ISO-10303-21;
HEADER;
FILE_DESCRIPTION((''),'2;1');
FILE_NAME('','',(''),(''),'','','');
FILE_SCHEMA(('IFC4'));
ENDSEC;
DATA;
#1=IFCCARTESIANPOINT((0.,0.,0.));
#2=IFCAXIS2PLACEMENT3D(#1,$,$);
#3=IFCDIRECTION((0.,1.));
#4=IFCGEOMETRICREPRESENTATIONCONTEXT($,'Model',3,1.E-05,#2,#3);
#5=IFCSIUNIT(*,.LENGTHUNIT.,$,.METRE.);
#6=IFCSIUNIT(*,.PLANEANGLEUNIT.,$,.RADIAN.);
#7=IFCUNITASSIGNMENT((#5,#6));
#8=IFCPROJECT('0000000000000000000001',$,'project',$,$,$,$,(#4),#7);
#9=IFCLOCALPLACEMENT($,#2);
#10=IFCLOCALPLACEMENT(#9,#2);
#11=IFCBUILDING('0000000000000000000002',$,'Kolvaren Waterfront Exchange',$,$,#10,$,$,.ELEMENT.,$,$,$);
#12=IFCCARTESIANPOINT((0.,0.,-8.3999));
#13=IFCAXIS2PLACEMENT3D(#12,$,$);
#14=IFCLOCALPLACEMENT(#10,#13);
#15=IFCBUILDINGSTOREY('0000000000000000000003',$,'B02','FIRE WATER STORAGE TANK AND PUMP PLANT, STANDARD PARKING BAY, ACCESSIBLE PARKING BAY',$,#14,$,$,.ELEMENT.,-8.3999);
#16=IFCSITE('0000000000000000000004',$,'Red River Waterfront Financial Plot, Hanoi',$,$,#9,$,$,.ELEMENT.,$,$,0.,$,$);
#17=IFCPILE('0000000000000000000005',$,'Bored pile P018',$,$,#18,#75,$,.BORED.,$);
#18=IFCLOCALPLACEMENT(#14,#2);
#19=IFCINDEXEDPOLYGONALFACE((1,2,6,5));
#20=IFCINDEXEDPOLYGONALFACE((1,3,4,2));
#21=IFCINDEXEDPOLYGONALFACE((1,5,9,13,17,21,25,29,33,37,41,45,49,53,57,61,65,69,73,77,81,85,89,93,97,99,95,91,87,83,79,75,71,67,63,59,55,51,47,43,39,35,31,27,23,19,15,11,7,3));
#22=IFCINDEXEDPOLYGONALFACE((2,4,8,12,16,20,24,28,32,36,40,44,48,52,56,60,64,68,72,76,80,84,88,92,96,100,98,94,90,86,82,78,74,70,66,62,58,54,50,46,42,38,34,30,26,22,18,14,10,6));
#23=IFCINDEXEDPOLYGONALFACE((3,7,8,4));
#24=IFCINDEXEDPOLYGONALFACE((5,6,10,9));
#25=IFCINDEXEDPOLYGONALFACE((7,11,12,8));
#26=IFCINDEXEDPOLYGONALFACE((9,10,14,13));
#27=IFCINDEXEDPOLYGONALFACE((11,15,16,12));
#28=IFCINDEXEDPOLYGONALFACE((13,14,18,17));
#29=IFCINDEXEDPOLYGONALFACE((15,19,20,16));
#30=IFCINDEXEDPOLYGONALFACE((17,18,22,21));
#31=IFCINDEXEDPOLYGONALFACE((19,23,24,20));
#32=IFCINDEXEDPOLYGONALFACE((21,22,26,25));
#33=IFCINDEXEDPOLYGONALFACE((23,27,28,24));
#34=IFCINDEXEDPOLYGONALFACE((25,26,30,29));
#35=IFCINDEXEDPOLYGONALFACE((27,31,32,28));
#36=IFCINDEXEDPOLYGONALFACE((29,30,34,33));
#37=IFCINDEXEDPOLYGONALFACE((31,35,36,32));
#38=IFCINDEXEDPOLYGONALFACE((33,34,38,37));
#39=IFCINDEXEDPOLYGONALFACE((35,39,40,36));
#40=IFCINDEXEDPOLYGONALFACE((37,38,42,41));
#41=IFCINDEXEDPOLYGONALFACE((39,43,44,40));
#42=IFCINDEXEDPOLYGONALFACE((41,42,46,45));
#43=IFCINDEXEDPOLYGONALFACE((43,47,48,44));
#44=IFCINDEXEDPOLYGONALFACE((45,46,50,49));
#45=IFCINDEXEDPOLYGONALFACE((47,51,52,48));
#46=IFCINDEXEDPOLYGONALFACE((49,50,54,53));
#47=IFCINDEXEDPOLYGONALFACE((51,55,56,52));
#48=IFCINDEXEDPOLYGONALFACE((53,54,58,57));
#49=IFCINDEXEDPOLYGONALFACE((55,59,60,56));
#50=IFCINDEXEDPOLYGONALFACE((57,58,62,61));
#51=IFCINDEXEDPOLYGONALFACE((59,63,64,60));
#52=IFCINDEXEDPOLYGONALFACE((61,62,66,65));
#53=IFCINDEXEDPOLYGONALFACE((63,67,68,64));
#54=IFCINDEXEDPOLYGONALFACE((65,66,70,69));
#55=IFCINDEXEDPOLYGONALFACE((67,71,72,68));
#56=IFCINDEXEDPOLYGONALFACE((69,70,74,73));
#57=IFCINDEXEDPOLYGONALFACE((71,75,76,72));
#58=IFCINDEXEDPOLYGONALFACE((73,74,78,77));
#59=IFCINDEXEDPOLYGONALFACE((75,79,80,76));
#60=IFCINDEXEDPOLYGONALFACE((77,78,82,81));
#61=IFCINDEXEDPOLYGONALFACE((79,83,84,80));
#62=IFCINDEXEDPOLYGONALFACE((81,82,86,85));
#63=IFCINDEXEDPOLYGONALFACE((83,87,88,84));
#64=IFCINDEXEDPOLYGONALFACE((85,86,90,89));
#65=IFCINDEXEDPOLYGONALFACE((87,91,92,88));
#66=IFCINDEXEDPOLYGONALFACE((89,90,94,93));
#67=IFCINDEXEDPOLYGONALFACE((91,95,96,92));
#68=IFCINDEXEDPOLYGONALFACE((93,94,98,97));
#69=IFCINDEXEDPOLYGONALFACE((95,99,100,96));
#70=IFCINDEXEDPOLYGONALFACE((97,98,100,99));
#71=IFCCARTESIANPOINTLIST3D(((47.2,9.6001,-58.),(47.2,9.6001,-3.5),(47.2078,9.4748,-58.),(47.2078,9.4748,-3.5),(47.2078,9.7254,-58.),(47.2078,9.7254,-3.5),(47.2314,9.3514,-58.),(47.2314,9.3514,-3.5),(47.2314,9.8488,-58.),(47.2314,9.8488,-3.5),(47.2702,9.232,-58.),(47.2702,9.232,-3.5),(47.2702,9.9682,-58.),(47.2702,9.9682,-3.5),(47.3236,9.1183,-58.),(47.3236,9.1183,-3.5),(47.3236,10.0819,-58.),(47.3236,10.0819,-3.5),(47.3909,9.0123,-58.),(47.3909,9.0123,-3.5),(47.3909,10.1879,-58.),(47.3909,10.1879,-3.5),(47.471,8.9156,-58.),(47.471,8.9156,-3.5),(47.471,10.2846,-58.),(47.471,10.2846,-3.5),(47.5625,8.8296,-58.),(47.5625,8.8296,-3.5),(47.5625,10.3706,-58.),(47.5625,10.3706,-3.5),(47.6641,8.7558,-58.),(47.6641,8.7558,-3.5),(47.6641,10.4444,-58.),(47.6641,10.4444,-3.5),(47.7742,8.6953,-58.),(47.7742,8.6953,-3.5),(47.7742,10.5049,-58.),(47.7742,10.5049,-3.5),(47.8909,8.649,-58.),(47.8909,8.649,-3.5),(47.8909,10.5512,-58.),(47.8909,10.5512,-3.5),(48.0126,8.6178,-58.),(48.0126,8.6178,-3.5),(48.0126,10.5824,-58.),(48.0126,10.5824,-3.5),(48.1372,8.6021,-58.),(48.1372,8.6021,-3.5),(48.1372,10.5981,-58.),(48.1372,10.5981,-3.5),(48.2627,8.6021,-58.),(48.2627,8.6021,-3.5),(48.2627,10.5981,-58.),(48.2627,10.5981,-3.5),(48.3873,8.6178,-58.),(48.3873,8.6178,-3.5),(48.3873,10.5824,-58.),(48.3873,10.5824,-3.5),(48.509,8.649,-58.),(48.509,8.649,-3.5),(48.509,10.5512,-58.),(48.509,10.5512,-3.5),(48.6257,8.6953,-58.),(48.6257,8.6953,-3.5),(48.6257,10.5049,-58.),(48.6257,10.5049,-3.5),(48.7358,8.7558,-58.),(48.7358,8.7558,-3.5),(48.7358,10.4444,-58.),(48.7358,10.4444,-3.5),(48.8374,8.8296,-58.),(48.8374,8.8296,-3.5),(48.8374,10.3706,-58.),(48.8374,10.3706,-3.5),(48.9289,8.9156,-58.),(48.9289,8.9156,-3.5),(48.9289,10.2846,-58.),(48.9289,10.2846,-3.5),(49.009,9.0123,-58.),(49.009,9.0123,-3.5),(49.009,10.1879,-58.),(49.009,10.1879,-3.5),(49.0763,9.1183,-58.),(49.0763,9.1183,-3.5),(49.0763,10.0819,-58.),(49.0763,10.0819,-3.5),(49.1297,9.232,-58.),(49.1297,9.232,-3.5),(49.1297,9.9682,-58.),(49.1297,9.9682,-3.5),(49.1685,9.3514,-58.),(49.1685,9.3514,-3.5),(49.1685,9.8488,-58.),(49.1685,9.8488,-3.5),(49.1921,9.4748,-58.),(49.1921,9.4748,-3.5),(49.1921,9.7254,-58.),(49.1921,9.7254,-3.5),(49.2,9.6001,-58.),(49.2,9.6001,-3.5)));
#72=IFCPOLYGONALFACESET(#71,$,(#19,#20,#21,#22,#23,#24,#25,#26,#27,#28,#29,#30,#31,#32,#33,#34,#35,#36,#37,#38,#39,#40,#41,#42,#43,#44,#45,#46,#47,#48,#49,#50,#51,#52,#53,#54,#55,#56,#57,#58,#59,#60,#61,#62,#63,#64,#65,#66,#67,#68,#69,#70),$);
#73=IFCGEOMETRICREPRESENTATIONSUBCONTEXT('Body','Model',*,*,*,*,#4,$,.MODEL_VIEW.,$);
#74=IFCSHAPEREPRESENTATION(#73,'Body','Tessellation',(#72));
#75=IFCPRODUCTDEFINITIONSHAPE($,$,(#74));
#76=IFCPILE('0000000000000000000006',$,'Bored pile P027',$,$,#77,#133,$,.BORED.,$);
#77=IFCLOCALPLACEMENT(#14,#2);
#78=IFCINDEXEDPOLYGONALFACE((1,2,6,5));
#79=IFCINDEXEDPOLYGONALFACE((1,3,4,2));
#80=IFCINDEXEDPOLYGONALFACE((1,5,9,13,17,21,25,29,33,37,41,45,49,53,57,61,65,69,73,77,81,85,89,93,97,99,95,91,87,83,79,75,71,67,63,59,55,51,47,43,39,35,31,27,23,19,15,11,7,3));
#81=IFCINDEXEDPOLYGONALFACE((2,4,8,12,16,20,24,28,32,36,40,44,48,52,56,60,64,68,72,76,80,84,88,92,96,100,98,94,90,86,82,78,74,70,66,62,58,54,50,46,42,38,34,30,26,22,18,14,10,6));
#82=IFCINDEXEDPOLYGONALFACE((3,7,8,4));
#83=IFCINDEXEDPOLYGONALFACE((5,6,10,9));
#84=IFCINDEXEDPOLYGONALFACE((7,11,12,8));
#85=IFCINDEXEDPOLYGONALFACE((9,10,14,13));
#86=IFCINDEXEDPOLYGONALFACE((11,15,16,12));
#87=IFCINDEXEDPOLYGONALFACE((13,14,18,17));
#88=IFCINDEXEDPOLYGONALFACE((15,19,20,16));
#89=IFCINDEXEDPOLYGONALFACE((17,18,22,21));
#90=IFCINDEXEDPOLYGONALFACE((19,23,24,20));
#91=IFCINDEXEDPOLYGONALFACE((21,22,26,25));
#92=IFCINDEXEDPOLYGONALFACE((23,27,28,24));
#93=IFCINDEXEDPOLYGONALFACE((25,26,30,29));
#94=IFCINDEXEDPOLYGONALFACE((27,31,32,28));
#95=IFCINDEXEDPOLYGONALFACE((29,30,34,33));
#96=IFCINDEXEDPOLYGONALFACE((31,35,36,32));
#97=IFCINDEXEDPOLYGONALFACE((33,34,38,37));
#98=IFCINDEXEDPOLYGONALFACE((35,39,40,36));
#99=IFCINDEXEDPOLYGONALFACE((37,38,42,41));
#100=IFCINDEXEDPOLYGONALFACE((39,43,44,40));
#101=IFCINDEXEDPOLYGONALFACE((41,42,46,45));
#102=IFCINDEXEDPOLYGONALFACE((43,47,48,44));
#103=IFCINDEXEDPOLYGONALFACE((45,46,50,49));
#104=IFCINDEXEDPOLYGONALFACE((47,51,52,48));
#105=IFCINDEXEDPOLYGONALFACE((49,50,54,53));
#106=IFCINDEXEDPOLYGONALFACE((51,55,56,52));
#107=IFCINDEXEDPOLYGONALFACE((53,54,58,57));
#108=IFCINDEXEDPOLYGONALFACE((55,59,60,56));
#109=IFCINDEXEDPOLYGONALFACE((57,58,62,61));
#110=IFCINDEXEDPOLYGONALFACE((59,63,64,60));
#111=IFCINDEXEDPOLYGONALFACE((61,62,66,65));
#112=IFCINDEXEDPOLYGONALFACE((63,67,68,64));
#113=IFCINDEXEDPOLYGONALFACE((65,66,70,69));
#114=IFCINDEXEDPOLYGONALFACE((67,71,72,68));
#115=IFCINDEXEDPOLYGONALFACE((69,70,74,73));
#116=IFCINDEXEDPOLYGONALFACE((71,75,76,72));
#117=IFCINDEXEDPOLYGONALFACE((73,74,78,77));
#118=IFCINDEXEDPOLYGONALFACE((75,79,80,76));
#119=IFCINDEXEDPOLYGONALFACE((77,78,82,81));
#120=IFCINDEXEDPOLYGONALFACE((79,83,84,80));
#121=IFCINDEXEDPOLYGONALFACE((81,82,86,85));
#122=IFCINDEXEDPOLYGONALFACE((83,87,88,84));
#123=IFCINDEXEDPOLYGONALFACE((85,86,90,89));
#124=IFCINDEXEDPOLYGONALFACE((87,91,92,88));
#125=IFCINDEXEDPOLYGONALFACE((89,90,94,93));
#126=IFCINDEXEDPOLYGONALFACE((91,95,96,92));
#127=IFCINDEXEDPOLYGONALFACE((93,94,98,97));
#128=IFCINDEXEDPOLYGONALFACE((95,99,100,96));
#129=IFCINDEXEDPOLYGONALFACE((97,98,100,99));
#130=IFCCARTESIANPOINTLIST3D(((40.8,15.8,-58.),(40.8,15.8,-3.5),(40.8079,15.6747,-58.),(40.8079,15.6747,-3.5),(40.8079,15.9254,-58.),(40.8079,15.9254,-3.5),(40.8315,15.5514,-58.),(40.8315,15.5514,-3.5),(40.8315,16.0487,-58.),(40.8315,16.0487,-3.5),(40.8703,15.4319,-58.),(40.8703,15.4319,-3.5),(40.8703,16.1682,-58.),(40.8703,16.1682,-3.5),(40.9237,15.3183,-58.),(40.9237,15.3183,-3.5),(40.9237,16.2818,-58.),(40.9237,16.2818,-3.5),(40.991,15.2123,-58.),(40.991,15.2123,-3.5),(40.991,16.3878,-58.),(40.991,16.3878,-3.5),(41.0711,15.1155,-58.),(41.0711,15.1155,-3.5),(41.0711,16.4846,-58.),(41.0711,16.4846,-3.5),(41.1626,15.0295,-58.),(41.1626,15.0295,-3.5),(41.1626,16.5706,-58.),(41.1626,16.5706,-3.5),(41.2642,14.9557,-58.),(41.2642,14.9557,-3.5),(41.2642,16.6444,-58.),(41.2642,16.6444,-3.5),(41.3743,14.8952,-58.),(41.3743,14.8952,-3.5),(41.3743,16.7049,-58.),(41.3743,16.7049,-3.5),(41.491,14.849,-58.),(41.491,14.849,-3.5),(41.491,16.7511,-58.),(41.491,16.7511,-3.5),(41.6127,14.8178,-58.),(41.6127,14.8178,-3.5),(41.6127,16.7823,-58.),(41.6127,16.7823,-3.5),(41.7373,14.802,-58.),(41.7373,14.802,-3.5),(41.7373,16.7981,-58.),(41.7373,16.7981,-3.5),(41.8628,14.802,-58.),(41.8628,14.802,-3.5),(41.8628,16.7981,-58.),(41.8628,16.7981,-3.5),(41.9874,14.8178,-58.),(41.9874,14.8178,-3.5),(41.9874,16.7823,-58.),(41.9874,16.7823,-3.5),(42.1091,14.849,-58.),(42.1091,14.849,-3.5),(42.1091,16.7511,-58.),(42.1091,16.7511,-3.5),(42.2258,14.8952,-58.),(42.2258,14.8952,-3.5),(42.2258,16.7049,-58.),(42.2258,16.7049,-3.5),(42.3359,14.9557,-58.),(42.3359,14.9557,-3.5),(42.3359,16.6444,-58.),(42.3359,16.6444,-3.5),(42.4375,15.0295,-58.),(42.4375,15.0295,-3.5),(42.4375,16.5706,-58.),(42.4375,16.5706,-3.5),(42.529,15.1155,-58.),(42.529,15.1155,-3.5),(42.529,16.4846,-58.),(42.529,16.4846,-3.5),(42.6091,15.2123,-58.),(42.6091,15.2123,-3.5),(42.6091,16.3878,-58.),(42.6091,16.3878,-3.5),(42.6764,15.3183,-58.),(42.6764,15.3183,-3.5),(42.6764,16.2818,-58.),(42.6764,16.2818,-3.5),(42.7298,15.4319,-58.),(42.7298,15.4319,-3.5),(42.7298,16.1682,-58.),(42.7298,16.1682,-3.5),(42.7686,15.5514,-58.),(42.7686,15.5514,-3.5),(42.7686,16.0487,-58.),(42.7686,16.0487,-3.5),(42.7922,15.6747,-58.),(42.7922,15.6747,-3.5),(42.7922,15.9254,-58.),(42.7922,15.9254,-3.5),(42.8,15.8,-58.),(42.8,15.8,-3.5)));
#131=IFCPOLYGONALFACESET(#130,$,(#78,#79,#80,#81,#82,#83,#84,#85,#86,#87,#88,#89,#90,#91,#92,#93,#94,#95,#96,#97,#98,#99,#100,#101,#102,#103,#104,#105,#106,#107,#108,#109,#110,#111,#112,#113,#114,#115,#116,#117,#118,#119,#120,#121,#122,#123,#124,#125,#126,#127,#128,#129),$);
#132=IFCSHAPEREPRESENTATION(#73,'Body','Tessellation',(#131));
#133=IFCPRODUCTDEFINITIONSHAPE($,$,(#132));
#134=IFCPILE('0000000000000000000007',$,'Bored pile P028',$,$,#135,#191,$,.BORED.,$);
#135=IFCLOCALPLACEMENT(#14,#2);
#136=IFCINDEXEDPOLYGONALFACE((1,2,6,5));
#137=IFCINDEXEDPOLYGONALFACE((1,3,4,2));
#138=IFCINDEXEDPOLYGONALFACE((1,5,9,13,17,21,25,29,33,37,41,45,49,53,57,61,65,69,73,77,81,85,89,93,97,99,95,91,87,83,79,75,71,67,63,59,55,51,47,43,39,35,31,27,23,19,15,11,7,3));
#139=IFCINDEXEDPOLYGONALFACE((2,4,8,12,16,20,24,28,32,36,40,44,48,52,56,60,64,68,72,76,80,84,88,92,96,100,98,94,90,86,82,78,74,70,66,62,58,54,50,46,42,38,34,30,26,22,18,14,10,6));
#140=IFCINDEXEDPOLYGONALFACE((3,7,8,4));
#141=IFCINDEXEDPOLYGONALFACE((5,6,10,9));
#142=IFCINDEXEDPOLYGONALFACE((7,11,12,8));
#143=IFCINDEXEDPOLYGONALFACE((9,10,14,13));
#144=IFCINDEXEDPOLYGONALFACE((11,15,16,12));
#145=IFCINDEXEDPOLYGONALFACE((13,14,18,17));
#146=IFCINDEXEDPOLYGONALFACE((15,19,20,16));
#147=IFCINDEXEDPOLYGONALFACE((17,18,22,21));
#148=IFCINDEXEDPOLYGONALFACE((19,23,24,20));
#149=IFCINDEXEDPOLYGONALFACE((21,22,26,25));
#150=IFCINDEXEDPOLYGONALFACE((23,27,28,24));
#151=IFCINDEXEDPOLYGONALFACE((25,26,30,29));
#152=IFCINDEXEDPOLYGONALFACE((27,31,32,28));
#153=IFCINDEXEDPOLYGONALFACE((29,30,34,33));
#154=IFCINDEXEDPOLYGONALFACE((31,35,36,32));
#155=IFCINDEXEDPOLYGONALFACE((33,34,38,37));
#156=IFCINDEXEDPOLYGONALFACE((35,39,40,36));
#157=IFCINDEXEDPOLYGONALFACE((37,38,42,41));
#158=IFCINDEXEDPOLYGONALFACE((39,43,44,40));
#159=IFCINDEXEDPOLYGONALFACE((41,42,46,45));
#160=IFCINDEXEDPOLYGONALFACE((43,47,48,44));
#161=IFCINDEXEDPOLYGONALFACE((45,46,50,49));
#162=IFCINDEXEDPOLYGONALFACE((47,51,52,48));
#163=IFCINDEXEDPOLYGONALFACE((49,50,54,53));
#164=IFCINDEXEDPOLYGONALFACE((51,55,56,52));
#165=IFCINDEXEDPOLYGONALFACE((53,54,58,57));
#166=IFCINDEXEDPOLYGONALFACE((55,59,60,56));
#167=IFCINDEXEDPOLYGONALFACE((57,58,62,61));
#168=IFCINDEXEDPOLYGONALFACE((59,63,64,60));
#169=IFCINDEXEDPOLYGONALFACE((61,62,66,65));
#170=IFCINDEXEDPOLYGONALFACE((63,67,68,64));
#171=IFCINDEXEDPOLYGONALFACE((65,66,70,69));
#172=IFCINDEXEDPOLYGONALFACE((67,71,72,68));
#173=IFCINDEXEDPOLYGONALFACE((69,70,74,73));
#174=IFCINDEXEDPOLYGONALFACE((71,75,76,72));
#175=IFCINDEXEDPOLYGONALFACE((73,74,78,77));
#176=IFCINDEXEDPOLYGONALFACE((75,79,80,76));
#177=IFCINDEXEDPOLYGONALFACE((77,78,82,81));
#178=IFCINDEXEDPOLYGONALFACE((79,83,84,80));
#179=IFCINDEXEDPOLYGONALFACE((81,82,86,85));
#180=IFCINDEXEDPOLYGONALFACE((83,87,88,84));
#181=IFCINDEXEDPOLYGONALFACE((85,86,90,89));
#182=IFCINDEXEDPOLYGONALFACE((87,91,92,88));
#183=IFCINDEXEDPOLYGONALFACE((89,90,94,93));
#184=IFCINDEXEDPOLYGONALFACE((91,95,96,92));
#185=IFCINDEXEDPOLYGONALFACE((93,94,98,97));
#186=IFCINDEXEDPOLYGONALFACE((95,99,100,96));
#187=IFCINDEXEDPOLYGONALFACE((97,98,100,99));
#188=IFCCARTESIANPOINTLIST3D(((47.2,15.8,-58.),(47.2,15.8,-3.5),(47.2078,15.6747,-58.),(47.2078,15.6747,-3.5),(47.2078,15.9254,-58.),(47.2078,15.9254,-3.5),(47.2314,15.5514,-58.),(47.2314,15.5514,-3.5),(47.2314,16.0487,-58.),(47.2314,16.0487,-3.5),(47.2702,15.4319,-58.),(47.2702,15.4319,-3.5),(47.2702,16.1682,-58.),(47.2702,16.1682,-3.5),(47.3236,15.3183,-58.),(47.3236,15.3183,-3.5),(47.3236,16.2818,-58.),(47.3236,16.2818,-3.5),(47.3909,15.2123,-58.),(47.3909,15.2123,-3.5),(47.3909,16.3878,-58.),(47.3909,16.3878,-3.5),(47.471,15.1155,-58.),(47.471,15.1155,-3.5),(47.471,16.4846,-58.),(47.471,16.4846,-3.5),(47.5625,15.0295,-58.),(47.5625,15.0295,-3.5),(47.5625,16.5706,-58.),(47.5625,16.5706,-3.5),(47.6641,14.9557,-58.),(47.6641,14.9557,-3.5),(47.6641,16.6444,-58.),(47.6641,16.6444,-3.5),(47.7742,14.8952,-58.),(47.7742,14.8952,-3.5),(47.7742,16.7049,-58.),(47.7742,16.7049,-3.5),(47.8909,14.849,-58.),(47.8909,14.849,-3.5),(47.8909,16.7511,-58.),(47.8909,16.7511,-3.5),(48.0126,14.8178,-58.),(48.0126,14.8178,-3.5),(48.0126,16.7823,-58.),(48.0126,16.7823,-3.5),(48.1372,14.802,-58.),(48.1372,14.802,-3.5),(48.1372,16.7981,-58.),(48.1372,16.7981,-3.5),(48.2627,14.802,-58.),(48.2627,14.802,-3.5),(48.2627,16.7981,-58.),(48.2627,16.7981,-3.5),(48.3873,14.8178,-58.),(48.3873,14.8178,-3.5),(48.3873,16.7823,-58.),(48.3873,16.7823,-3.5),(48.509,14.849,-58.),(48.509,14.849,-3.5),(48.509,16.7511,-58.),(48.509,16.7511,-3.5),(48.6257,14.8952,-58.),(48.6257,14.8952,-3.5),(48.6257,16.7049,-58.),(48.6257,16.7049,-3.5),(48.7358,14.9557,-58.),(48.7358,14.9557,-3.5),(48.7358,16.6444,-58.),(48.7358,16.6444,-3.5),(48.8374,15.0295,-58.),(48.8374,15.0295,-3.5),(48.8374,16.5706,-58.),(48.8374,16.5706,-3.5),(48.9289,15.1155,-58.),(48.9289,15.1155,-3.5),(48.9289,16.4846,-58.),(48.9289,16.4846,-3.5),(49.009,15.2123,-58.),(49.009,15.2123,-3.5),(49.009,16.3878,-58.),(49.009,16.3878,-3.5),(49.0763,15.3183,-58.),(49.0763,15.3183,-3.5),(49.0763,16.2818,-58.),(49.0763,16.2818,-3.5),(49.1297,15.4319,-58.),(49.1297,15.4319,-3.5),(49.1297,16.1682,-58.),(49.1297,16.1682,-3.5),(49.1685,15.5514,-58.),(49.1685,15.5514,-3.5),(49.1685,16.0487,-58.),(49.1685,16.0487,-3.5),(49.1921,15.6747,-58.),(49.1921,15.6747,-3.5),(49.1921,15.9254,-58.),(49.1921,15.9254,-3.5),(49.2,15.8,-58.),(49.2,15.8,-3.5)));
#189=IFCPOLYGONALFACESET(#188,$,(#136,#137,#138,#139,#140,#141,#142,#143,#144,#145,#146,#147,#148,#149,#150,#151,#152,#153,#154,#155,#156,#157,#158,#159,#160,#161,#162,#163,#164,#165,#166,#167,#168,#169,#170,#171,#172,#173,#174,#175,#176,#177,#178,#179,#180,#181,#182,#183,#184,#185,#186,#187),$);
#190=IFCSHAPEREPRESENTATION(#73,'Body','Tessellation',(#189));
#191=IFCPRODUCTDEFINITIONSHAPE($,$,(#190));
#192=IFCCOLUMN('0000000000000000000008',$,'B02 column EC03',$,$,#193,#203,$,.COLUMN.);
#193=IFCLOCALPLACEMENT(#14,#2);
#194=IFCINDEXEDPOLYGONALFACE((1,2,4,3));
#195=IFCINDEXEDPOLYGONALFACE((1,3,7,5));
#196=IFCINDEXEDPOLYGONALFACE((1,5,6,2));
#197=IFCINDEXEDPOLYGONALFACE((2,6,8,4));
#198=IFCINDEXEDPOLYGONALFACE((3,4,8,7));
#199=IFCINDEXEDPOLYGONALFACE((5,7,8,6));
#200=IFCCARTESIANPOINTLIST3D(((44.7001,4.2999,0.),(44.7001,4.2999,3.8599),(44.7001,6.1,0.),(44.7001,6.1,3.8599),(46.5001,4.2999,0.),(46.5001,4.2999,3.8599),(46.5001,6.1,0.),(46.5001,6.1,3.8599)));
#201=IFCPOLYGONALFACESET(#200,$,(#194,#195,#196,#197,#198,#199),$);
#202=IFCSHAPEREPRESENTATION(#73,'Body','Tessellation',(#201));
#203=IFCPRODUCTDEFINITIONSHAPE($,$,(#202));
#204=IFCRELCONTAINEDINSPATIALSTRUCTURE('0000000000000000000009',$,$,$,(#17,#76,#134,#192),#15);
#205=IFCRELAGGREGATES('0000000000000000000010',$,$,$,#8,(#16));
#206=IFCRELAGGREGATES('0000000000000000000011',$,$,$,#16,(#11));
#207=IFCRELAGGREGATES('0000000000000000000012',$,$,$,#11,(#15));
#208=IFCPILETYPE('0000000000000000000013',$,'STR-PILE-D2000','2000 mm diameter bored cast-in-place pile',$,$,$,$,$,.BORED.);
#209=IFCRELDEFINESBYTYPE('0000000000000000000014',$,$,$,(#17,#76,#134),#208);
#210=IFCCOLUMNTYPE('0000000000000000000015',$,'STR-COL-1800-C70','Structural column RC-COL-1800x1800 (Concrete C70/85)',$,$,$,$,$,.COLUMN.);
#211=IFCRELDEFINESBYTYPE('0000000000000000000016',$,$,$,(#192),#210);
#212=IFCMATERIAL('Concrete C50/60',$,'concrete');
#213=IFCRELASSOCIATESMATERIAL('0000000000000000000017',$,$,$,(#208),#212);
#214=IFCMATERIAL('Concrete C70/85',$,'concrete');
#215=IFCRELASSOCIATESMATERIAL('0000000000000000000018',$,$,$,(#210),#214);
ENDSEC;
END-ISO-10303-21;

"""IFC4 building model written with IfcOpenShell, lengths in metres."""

from ifc_helpers import new_model, si_unit, direction, frame, origin, origin_2d, place, context, subcontext, project, spatial, rectangle, circle, extrude, material, material_profile, profile_set, type_object, element, save


model = new_model("IFC4")

# Units and contexts
model_context = context("Model", 3, precision=1e-05, world=origin(), true_north=direction((0.0, 1.0)))
body_context = subcontext(model_context, "Body", "Model", "MODEL_VIEW")
ifc_project = project(units=[si_unit("LENGTHUNIT", "METRE"), si_unit("PLANEANGLEUNIT", "RADIAN")], contexts=[model_context])

# Site, building, storey
site_placement = place(None, origin())
site = spatial("IfcSite", under=ifc_project, at=site_placement, Name="Red River Waterfront Financial Plot, Hanoi", CompositionType="ELEMENT", RefElevation=0.0)
building_placement = place(site_placement, origin())
building = spatial("IfcBuilding", under=site, at=building_placement, Name="Kolvaren Waterfront Exchange", CompositionType="ELEMENT")
storey_placement = place(building_placement, frame((0.0, 0.0, -8.3999)))
storey = spatial("IfcBuildingStorey", under=building, at=storey_placement, Name="B02", Description="FIRE WATER STORAGE TANK AND PUMP PLANT, STANDARD PARKING BAY, ACCESSIBLE PARKING BAY", CompositionType="ELEMENT", Elevation=-8.3999)

# Piles
ifc_material_1 = material(Name="Concrete C50/60", Category="concrete")
ifc_material_profile_1 = material_profile(ifc_material_1, circle(Radius=1.0, at=origin_2d()), Name="RC-PILE-D2000")
ifc_profile_set_1 = profile_set([ifc_material_profile_1], Name="Concrete C50/60")
pile_type = type_object("IfcPileType", Name="STR-PILE-D2000", Description="2000 mm diameter bored cast-in-place pile", PredefinedType="BORED", material=ifc_profile_set_1)
for number, where, z_axis, x_axis, name in (
    (1, (48.2, 9.6001, -3.5), (0.0, 0.0, -1.0), (1.0, 0.0, 0.0), "Bored pile P018"),
    (2, (41.8, 15.8, -3.5), (0.0, 0.0, -1.0), (1.0, 0.0, 0.0), "Bored pile P027"),
    (3, (48.2, 15.8, -3.5), (0.0, 0.0, -1.0), (1.0, 0.0, 0.0), "Bored pile P028"),
):
    element("IfcPile", number, at=place(storey_placement, frame(where, z_axis=z_axis, x_axis=x_axis)), inside=storey, type_object=pile_type, Name=name, PredefinedType="BORED", context=body_context, shape_type="SweptSolid", body=[
        extrude(circle(Radius=1.0, at=origin_2d()), origin(), (0.0, 0.0, 1.0), 54.5),
    ])

# Column
ifc_material_2 = material(Name="Concrete C70/85", Category="concrete")
ifc_material_profile_2 = material_profile(ifc_material_2, rectangle(XDim=1.8, YDim=1.8, at=origin_2d()), Name="RC-COL-1800x1800")
ifc_profile_set_2 = profile_set([ifc_material_profile_2], Name="Concrete C70/85")
column_type = type_object("IfcColumnType", Name="STR-COL-1800-C70", Description="Structural column RC-COL-1800x1800 (Concrete C70/85)", PredefinedType="COLUMN", material=ifc_profile_set_2)
for number, where, z_axis, x_axis, name in (
    (4, (45.6001, 5.2, 0.0), (0.0, 0.0, 1.0), (1.0, 0.0, 0.0), "B02 column EC03"),
):
    element("IfcColumn", number, at=place(storey_placement, frame(where, z_axis=z_axis, x_axis=x_axis)), inside=storey, type_object=column_type, Name=name, PredefinedType="COLUMN", context=body_context, shape_type="SweptSolid", body=[
        extrude(rectangle(XDim=1.8, YDim=1.8, at=origin_2d()), origin(), (0.0, 0.0, 1.0), 3.8599),
    ])

save(model, "model.ifc")
